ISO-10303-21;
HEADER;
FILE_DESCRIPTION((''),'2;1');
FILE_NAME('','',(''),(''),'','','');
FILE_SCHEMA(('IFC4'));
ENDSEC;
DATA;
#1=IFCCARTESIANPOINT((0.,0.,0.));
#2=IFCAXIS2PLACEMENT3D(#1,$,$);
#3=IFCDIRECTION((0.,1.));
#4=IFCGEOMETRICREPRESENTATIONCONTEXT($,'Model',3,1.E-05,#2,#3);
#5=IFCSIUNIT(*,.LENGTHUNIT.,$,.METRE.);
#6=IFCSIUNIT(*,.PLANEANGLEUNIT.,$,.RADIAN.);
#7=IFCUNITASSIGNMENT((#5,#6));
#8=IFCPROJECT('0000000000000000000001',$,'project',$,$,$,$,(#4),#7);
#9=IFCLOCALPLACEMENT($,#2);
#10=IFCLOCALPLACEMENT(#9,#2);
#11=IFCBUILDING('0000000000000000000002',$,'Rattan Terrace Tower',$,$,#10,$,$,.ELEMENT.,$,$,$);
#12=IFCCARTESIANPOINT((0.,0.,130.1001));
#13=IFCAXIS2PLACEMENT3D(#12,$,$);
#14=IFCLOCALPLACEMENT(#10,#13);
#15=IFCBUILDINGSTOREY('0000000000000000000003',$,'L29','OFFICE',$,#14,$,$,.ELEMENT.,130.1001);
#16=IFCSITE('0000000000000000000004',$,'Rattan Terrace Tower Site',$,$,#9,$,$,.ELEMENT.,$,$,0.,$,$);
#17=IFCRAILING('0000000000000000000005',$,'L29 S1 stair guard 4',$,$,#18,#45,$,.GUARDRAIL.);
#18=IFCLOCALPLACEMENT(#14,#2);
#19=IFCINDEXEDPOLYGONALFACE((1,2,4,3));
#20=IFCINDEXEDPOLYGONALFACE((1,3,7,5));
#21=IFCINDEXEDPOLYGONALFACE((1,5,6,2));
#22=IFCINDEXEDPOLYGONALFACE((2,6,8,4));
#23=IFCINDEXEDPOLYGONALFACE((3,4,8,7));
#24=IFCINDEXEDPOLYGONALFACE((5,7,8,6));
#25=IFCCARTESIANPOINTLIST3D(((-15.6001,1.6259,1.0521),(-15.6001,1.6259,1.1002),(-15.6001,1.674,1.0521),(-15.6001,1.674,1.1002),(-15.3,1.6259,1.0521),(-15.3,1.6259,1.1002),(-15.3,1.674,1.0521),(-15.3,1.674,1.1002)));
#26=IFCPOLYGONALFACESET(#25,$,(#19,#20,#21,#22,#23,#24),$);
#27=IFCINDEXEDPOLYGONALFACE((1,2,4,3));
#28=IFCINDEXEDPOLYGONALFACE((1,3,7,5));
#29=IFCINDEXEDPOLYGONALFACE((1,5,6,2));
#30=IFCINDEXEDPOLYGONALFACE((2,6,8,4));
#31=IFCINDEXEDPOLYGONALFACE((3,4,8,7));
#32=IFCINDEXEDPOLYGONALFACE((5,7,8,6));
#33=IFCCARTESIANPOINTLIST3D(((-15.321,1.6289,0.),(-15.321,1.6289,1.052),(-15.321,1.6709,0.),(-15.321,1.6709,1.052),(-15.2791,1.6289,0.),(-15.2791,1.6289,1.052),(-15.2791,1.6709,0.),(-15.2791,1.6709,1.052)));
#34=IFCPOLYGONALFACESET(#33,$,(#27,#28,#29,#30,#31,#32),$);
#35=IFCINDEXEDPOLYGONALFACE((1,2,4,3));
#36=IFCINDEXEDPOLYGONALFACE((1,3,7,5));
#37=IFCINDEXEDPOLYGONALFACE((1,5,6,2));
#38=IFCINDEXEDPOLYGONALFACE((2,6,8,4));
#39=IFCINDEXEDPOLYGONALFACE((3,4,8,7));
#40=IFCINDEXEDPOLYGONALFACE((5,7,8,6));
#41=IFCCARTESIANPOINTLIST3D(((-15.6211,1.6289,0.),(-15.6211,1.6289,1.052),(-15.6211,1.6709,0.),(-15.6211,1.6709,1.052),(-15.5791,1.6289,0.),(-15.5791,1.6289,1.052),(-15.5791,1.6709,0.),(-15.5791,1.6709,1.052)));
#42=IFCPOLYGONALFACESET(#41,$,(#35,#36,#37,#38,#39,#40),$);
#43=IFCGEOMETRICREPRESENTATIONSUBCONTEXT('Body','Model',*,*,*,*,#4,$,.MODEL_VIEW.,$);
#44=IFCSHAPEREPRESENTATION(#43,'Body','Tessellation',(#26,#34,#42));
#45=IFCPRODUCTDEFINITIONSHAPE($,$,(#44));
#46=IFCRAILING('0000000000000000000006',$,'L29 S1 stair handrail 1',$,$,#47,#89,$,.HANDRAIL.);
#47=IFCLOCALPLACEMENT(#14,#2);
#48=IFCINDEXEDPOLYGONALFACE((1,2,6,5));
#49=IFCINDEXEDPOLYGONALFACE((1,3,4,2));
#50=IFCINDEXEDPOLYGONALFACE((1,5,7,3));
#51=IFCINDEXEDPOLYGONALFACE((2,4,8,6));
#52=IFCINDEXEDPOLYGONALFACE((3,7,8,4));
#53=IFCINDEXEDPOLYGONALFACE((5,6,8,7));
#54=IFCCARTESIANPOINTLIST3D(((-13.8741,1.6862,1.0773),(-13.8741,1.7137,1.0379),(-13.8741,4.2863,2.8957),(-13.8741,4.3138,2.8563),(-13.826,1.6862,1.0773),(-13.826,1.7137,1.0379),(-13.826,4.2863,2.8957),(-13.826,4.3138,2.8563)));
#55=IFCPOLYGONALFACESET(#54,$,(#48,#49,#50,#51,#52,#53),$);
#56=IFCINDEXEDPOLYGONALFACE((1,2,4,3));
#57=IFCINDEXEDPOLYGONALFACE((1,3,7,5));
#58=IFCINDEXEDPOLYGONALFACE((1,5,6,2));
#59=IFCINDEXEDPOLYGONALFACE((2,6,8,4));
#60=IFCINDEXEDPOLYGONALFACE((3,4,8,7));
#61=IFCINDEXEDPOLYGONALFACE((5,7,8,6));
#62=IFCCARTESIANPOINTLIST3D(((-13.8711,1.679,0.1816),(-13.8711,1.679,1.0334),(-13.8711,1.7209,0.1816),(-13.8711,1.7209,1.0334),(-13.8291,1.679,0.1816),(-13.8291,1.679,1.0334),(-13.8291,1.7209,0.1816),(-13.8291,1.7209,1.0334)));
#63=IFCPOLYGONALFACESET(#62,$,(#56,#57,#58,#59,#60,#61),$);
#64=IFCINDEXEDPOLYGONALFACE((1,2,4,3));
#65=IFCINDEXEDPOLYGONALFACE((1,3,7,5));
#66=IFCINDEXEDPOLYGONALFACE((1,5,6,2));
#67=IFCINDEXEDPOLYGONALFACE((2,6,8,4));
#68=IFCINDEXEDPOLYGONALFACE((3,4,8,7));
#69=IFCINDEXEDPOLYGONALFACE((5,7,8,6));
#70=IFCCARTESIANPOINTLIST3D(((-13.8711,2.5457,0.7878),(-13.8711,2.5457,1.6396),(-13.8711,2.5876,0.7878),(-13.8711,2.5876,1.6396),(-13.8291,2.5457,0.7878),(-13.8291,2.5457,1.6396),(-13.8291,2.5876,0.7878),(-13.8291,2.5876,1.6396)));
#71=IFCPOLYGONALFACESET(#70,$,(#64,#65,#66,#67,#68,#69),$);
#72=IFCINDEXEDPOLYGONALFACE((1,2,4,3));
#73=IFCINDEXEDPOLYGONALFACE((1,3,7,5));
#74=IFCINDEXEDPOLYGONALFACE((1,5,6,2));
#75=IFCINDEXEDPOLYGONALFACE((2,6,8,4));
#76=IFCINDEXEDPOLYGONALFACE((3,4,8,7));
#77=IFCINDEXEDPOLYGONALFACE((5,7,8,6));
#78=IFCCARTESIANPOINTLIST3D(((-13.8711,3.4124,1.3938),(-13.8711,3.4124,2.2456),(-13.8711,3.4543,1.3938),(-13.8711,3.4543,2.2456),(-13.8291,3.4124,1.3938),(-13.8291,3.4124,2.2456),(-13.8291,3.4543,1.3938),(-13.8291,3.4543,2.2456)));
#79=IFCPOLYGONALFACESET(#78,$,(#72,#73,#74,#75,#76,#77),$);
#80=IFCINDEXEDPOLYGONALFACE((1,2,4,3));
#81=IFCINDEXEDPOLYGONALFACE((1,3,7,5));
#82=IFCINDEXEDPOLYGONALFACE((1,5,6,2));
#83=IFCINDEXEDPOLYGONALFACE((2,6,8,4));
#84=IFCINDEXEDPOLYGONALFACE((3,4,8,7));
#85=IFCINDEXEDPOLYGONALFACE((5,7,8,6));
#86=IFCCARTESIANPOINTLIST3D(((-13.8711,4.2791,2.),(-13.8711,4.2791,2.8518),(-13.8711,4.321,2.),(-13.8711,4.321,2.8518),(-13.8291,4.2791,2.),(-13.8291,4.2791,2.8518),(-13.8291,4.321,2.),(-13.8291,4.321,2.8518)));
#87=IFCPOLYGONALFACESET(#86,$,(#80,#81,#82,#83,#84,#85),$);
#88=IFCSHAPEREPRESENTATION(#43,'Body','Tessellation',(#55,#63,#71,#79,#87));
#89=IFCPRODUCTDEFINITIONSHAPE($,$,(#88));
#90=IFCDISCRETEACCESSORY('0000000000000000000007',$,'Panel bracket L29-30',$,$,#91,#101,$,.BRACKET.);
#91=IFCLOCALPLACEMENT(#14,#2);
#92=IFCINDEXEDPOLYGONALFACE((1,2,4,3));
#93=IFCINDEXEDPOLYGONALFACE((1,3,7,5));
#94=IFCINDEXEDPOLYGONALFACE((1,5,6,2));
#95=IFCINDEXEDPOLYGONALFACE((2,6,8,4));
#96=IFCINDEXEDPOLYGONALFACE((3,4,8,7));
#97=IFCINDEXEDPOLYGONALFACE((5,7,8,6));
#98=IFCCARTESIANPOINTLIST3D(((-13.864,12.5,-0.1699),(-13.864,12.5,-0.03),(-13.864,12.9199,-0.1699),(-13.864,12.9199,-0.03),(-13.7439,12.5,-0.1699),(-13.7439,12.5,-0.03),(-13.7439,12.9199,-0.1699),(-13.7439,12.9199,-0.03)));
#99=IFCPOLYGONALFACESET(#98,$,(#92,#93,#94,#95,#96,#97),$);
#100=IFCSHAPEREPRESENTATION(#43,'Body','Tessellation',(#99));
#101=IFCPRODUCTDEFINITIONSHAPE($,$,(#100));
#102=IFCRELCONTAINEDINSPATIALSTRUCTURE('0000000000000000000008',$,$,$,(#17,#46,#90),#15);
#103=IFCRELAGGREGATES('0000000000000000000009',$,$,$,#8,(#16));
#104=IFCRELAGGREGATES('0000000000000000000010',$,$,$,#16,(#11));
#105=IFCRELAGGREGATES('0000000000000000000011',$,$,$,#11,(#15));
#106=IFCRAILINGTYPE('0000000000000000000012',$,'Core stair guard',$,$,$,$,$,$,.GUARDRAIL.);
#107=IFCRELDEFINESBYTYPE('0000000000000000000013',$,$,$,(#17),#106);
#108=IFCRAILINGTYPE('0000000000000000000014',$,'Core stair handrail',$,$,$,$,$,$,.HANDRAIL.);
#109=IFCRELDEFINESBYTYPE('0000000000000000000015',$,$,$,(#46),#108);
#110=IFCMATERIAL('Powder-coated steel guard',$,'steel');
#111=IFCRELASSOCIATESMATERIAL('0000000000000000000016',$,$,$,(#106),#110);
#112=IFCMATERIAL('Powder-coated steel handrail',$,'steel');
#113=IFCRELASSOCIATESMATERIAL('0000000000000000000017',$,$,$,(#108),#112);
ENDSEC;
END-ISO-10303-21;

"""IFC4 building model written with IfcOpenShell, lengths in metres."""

from ifc_helpers import new_model, si_unit, direction, frame, origin, origin_2d, place, context, subcontext, project, spatial, rectangle, extrude, material, type_object, element, save


model = new_model("IFC4")

# Units and contexts
model_context = context("Model", 3, precision=1e-05, world=origin(), true_north=direction((0.0, 1.0)))
body_context = subcontext(model_context, "Body", "Model", "MODEL_VIEW")
ifc_project = project(units=[si_unit("LENGTHUNIT", "METRE"), si_unit("PLANEANGLEUNIT", "RADIAN")], contexts=[model_context])

# Site, building, storey
site_placement = place(None, origin())
site = spatial("IfcSite", under=ifc_project, at=site_placement, Name="Rattan Terrace Tower Site", CompositionType="ELEMENT", RefElevation=0.0)
building_placement = place(site_placement, origin())
building = spatial("IfcBuilding", under=site, at=building_placement, Name="Rattan Terrace Tower", CompositionType="ELEMENT")
storey_placement = place(building_placement, frame((0.0, 0.0, 130.1001)))
storey = spatial("IfcBuildingStorey", under=building, at=storey_placement, Name="L29", Description="OFFICE", CompositionType="ELEMENT", Elevation=130.1001)

# Railings
ifc_material_1 = material(Name="Powder-coated steel guard", Category="steel")
railing_type_1 = type_object("IfcRailingType", Name="Core stair guard", PredefinedType="GUARDRAIL", material=ifc_material_1)
railing_1_placement = place(storey_placement, frame((-15.3, 1.6499, 0.0)))
element("IfcRailing", 1, at=railing_1_placement, inside=storey, type_object=railing_type_1, Name="L29 S1 stair guard 4", PredefinedType="GUARDRAIL", context=body_context, shape_type="SweptSolid", body=[
    extrude(rectangle(XDim=0.0481, YDim=0.0481, at=origin_2d()), frame((0.0, 0.0, 1.0762), z_axis=(-1.0, 0.0, 0.0), x_axis=(0.0, -1.0, 0.0)), (0.0, 0.0, 1.0), 0.3),
    extrude(rectangle(XDim=0.042, YDim=0.042, at=origin_2d()), origin(), (0.0, 0.0, 1.0), 1.052),
    extrude(rectangle(XDim=0.042, YDim=0.042, at=origin_2d()), frame((-0.3, 0.0, 0.0)), (0.0, 0.0, 1.0), 1.052),
])
ifc_material_2 = material(Name="Powder-coated steel handrail", Category="steel")
railing_type_2 = type_object("IfcRailingType", Name="Core stair handrail", PredefinedType="HANDRAIL", material=ifc_material_2)
railing_2_placement = place(storey_placement, frame((-13.8501, 1.7, 0.1816)))
element("IfcRailing", 2, at=railing_2_placement, inside=storey, type_object=railing_type_2, Name="L29 S1 stair handrail 1", PredefinedType="HANDRAIL", context=body_context, shape_type="SweptSolid", body=[
    extrude(rectangle(XDim=0.0481, YDim=0.0481, at=origin_2d()), frame((0.0, 0.0, 0.876), z_axis=(0.0, 0.819485, 0.573101), x_axis=(-1.0, 0.0, 0.0)), (0.0, 0.0, 1.0), 3.1729),
    extrude(rectangle(XDim=0.042, YDim=0.042, at=origin_2d()), origin(), (0.0, 0.0, 1.0), 0.8518),
    extrude(rectangle(XDim=0.042, YDim=0.042, at=origin_2d()), frame((0.0, 0.8667, 0.6062)), (0.0, 0.0, 1.0), 0.8518),
    extrude(rectangle(XDim=0.042, YDim=0.042, at=origin_2d()), frame((0.0, 1.7334, 1.2122)), (0.0, 0.0, 1.0), 0.8518),
    extrude(rectangle(XDim=0.042, YDim=0.042, at=origin_2d()), frame((0.0, 2.6001, 1.8184)), (0.0, 0.0, 1.0), 0.8518),
])

# Discrete accessory
discrete_accessory_placement = place(storey_placement, frame((-13.804, 12.71, -0.1699), z_axis=(0.0, 0.0, 1.0), x_axis=(-1.0, 0.0, 0.0)))
element("IfcDiscreteAccessory", 3, at=discrete_accessory_placement, inside=storey, Name="Panel bracket L29-30", PredefinedType="BRACKET", context=body_context, shape_type="SweptSolid", body=[
    extrude(rectangle(XDim=0.1201, YDim=0.4199, at=origin_2d()), origin(), (0.0, 0.0, 1.0), 0.1399),
])

save(model, "model.ifc")
